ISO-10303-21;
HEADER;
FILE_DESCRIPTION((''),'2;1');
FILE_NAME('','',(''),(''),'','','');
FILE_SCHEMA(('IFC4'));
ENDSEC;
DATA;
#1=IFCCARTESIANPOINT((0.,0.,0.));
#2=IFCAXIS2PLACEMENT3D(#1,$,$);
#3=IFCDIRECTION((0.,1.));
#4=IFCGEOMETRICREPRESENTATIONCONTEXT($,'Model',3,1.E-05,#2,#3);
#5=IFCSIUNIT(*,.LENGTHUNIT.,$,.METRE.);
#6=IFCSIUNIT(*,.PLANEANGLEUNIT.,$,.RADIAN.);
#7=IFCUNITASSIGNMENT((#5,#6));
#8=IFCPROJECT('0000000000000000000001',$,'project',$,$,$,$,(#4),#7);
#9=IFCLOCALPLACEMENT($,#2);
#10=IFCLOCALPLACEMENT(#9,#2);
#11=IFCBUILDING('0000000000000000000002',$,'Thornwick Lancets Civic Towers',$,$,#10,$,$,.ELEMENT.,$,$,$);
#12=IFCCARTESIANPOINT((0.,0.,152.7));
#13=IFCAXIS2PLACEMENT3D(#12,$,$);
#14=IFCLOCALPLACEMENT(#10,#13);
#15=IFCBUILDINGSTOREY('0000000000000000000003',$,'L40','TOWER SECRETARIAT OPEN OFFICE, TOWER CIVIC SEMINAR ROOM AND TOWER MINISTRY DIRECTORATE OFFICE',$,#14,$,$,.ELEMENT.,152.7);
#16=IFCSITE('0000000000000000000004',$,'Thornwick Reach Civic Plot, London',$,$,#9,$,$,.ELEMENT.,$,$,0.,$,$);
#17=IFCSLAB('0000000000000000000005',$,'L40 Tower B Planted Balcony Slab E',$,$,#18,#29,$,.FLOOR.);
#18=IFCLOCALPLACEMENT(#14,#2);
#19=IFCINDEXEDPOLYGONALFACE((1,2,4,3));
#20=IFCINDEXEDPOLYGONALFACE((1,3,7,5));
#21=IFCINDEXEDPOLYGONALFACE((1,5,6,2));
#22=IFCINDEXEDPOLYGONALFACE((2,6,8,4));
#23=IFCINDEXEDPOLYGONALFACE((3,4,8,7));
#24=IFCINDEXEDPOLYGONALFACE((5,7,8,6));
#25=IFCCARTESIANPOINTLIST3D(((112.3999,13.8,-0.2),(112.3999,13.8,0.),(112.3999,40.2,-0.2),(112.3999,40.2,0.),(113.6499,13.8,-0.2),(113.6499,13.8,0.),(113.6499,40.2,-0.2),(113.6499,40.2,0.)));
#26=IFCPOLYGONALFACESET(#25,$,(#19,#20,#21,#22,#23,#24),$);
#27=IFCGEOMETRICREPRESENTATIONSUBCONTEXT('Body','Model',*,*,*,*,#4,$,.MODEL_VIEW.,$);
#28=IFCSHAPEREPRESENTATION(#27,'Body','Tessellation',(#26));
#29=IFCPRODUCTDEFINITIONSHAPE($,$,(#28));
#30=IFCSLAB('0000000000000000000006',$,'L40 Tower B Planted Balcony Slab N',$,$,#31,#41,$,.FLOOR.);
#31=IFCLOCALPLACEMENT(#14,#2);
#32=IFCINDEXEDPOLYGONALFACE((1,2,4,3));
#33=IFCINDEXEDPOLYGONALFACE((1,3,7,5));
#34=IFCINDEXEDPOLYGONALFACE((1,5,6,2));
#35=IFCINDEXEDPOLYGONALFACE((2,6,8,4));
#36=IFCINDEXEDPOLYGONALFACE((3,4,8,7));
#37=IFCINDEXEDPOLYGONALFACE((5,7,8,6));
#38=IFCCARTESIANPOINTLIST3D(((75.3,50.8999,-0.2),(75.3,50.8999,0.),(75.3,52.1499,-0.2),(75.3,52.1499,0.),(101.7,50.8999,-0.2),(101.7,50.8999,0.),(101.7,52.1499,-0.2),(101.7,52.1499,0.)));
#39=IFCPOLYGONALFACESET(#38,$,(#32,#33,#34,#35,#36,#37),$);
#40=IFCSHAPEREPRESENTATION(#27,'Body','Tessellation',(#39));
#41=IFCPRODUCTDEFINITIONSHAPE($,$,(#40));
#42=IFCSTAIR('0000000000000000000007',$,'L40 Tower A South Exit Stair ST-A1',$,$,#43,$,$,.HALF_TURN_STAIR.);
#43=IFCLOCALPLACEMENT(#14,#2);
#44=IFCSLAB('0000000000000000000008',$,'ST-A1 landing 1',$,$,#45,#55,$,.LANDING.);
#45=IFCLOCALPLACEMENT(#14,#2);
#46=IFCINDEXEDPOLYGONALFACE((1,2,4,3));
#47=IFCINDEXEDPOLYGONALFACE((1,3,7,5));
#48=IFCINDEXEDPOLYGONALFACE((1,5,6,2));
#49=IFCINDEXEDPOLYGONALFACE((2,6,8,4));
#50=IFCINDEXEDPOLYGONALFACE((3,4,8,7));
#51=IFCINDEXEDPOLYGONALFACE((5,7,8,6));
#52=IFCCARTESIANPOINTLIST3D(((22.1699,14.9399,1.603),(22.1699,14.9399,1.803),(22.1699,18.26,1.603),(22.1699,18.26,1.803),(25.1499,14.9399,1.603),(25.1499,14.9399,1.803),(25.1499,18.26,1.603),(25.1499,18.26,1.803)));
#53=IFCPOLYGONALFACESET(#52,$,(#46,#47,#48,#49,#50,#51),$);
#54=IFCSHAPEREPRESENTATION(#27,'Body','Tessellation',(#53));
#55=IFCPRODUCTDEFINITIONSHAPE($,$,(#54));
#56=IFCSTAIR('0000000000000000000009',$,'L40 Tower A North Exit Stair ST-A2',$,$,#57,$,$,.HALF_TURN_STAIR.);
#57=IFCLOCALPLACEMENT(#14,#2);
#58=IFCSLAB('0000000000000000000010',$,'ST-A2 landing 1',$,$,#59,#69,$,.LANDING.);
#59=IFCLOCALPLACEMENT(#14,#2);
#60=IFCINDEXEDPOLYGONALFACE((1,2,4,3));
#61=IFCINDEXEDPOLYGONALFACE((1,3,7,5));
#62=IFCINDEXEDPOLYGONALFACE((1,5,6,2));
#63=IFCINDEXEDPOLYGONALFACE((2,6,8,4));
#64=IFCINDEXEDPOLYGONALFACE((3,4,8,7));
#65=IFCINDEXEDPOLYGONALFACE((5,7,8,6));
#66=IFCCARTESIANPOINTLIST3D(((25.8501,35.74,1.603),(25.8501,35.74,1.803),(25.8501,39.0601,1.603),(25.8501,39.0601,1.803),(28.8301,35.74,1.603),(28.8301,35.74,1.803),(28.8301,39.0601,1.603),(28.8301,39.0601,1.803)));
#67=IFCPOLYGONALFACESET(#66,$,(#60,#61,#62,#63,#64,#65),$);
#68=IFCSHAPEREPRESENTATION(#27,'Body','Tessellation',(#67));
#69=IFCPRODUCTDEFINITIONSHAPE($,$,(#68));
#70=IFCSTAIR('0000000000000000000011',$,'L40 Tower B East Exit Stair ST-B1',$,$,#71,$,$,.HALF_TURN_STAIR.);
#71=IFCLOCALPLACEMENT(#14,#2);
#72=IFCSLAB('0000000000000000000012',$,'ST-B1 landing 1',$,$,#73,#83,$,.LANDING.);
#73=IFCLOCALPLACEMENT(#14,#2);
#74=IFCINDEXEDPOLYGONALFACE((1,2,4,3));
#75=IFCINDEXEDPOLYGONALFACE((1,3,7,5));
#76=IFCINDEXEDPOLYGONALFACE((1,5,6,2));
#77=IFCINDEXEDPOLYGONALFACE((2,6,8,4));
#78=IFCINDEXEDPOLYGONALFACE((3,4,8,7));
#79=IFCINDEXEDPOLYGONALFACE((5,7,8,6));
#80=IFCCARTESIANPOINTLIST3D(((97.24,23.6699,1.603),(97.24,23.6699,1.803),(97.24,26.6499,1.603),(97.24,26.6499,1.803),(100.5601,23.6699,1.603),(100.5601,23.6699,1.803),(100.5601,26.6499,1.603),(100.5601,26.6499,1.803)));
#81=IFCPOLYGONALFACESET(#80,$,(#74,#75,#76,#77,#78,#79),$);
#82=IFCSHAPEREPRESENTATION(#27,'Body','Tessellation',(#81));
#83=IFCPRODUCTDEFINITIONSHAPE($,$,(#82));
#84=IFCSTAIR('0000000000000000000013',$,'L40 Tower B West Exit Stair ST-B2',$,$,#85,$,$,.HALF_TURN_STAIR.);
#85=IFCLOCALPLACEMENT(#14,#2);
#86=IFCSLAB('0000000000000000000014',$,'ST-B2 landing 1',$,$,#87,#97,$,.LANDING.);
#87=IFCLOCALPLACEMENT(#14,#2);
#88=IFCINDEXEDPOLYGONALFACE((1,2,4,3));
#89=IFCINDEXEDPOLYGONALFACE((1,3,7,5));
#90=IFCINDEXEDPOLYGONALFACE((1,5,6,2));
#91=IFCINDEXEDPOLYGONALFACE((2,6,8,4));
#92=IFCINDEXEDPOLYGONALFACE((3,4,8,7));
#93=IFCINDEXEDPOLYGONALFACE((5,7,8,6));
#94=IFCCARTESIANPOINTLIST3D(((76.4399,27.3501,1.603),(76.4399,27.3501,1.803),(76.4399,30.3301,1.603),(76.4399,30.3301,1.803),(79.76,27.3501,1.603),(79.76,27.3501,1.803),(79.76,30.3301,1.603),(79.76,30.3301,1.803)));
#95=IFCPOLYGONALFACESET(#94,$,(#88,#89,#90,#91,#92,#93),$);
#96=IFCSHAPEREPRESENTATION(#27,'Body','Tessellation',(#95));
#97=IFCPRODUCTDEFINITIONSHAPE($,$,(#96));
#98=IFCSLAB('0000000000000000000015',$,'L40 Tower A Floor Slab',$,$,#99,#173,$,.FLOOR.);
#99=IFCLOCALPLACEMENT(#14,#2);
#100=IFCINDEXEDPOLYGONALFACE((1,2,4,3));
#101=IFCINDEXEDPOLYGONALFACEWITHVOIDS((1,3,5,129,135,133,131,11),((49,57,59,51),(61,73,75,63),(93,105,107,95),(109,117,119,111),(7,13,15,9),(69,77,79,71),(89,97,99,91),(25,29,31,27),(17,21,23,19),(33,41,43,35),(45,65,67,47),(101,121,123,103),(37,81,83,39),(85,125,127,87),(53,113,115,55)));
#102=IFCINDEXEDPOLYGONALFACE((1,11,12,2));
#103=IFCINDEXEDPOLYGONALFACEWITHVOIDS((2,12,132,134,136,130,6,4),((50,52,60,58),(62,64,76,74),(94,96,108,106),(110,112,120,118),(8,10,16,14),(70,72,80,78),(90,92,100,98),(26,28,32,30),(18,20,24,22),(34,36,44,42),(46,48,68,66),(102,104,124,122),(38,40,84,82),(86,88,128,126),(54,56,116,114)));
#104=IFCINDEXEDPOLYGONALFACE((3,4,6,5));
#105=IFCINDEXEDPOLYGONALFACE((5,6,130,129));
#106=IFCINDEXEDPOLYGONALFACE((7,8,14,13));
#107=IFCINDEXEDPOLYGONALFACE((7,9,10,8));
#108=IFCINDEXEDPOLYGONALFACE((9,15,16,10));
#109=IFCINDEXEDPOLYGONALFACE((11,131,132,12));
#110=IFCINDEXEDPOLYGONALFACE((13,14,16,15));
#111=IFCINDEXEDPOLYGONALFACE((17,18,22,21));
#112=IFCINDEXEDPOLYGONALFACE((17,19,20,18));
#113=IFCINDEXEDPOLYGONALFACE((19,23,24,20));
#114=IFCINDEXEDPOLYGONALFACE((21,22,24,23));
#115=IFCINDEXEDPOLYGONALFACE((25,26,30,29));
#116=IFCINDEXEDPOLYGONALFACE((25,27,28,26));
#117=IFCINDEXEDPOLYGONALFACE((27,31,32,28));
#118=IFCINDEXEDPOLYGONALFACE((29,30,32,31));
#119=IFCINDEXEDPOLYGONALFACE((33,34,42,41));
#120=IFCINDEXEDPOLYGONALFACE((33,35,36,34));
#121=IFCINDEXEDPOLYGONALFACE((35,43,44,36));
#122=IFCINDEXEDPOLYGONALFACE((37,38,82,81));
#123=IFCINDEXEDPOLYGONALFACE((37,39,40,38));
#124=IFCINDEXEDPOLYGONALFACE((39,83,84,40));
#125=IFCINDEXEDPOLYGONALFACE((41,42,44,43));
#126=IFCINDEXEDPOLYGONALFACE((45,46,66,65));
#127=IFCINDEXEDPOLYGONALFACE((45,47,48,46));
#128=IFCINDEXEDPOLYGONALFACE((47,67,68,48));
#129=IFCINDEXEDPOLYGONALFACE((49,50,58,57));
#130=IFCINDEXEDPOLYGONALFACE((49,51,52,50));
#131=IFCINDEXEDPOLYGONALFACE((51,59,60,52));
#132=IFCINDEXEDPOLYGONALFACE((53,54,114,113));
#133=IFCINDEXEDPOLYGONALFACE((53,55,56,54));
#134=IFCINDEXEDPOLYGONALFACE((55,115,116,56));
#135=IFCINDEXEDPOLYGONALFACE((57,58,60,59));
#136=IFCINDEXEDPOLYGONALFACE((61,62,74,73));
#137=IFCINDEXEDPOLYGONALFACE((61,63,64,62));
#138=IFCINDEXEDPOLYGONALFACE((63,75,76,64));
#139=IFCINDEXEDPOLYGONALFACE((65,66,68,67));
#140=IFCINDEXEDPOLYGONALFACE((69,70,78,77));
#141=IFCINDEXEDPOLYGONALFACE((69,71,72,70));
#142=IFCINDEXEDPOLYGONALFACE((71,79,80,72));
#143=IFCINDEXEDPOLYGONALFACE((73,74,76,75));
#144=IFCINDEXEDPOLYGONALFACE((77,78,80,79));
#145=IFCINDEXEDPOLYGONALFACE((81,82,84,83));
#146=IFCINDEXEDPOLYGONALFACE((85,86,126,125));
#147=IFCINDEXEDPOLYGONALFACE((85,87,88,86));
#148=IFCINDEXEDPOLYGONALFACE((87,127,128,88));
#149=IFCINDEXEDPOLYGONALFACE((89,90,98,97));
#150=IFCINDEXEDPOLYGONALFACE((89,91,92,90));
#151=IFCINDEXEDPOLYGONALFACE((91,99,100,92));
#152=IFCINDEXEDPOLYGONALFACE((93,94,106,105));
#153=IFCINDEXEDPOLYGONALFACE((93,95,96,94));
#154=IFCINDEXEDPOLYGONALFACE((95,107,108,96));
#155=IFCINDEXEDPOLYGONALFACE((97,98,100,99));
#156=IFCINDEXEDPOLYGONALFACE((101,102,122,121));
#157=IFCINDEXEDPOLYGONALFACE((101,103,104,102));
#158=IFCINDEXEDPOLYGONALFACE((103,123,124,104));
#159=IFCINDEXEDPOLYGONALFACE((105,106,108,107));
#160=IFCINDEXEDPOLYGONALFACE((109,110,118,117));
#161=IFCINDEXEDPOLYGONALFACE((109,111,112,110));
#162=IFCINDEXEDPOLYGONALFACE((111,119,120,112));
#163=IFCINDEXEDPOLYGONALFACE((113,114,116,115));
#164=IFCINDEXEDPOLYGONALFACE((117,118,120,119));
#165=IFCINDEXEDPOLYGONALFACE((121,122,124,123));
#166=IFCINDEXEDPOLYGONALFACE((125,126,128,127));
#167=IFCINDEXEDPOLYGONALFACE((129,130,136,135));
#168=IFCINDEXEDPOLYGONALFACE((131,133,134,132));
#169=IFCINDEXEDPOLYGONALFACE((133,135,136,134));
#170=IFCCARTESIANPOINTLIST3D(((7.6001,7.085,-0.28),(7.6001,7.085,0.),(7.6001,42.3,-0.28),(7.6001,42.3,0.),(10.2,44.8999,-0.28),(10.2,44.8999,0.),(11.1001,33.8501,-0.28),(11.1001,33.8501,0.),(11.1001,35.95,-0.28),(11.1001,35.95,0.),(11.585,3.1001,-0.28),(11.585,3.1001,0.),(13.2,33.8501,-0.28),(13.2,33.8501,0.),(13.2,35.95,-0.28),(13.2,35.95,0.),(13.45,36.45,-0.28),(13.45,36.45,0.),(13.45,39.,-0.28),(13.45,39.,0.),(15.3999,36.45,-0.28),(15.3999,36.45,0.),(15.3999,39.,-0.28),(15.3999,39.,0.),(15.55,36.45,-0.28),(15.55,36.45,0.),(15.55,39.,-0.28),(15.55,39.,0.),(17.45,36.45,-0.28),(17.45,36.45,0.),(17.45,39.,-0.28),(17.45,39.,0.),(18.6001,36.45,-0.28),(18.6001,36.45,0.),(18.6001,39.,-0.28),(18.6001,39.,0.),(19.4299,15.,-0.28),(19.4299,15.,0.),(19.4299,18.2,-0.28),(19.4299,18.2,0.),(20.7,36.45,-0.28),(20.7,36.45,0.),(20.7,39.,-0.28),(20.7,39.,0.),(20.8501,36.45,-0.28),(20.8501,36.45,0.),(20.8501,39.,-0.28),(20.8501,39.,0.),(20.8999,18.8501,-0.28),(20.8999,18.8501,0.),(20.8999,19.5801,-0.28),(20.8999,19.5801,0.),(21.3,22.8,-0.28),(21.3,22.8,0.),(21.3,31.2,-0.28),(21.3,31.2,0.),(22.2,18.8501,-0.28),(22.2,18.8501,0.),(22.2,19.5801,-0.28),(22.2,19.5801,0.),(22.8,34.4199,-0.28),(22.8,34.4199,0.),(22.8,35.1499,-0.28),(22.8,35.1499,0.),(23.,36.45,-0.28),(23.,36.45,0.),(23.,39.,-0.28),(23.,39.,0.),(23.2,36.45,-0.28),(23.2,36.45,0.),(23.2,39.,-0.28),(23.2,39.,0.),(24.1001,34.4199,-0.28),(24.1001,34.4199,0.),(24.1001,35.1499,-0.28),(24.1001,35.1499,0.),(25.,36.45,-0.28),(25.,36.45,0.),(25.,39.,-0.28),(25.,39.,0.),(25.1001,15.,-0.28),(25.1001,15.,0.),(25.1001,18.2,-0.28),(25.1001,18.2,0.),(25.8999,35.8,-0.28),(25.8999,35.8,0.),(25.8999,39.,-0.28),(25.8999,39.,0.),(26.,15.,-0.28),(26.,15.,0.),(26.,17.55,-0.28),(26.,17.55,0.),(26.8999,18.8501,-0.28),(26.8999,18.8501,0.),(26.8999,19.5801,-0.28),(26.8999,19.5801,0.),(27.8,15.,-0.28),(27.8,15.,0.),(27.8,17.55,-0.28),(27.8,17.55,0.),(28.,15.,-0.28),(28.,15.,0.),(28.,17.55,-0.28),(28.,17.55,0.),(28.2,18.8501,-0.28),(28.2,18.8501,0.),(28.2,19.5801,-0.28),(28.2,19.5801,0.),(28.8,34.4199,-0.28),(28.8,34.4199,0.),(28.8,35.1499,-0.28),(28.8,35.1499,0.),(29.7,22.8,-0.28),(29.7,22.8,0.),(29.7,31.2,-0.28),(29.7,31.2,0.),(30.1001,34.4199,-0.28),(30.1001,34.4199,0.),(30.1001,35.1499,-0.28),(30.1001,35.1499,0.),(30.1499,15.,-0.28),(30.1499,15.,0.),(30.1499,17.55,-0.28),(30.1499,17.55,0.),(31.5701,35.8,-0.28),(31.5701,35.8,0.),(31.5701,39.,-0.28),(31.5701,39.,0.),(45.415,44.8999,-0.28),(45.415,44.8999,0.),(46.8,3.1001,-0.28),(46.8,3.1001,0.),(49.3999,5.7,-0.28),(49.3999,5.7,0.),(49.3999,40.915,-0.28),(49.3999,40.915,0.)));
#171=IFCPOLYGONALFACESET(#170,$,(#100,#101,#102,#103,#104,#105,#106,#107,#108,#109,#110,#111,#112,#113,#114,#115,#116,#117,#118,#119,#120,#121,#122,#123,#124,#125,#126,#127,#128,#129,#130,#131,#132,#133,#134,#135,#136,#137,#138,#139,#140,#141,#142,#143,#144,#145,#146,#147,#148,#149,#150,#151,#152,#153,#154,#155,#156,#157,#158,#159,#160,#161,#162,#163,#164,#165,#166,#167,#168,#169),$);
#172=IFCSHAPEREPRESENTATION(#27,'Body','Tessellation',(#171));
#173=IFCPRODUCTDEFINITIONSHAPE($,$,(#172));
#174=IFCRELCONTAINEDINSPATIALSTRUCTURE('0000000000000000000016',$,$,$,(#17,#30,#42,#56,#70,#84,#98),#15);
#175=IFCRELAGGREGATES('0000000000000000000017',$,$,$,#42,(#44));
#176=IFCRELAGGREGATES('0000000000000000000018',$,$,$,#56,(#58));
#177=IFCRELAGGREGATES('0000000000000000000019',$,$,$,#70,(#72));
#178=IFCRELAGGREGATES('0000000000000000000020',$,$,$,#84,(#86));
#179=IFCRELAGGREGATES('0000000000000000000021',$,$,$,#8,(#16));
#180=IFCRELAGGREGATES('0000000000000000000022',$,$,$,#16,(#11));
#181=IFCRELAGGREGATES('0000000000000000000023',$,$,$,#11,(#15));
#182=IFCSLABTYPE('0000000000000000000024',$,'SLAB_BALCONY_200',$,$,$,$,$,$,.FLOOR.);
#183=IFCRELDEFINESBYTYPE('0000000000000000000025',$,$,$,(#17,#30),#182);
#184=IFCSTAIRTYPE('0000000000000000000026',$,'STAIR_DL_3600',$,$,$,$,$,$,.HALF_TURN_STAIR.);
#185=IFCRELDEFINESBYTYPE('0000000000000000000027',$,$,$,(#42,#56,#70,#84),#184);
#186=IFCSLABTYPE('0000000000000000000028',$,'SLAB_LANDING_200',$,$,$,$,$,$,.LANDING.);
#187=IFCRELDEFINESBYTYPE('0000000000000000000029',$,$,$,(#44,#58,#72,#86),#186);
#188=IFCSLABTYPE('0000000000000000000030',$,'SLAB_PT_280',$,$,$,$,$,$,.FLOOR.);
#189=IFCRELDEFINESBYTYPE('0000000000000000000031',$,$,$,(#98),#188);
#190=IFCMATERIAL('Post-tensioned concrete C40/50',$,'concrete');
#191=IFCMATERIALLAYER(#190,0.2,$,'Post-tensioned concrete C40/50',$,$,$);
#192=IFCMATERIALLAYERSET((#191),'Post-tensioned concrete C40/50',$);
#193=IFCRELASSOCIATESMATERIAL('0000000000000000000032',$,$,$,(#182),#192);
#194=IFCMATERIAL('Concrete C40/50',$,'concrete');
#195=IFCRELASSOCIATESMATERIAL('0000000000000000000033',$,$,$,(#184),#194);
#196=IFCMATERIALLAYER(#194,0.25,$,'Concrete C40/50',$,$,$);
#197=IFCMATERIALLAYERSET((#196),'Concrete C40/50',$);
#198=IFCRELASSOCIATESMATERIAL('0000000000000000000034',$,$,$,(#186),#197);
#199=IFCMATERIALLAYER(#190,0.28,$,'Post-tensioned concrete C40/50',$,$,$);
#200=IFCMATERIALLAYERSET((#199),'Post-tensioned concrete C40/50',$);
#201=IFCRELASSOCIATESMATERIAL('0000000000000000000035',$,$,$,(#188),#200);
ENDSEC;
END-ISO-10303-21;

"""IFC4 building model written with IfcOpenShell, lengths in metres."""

from ifc_helpers import new_model, si_unit, direction, frame, origin, place, context, subcontext, project, spatial, polyline, outline, extrude, material, layer, layer_set, type_object, element, aggregate, save


model = new_model("IFC4")

# Units and contexts
model_context = context("Model", 3, precision=1e-05, world=origin(), true_north=direction((0.0, 1.0)))
body_context = subcontext(model_context, "Body", "Model", "MODEL_VIEW")
ifc_project = project(units=[si_unit("LENGTHUNIT", "METRE"), si_unit("PLANEANGLEUNIT", "RADIAN")], contexts=[model_context])

# Site, building, storey
site_placement = place(None, origin())
site = spatial("IfcSite", under=ifc_project, at=site_placement, Name="Thornwick Reach Civic Plot, London", CompositionType="ELEMENT", RefElevation=0.0)
building_placement = place(site_placement, origin())
building = spatial("IfcBuilding", under=site, at=building_placement, Name="Thornwick Lancets Civic Towers", CompositionType="ELEMENT")
storey_placement = place(building_placement, frame((0.0, 0.0, 152.7)))
storey = spatial("IfcBuildingStorey", under=building, at=storey_placement, Name="L40", Description="TOWER SECRETARIAT OPEN OFFICE, TOWER CIVIC SEMINAR ROOM AND TOWER MINISTRY DIRECTORATE OFFICE", CompositionType="ELEMENT", Elevation=152.7)

# Slabs
ifc_material_1 = material(Name="Post-tensioned concrete C40/50", Category="concrete")
ifc_layer_1 = layer(ifc_material_1, 0.2, Name="Post-tensioned concrete C40/50")
ifc_layer_set_1 = layer_set([ifc_layer_1], Name="Post-tensioned concrete C40/50")
slab_type_1 = type_object("IfcSlabType", Name="SLAB_BALCONY_200", PredefinedType="FLOOR", material=ifc_layer_set_1)
slab_1_placement = place(storey_placement, frame((0.0, 0.0, -0.2)))
element("IfcSlab", 1, at=slab_1_placement, inside=storey, type_object=slab_type_1, Name="L40 Tower B Planted Balcony Slab E", PredefinedType="FLOOR", context=body_context, shape_type="SweptSolid", body=[
    extrude(outline(polyline([(112.3999, 13.8), (113.6499, 13.8), (113.6499, 40.2), (112.3999, 40.2), (112.3999, 13.8)])), origin(), (0.0, 0.0, 1.0), 0.2),
])
slab_2_placement = place(storey_placement, frame((0.0, 0.0, -0.2)))
element("IfcSlab", 2, at=slab_2_placement, inside=storey, type_object=slab_type_1, Name="L40 Tower B Planted Balcony Slab N", PredefinedType="FLOOR", context=body_context, shape_type="SweptSolid", body=[
    extrude(outline(polyline([(75.3, 50.8999), (101.7, 50.8999), (101.7, 52.1499), (75.3, 52.1499), (75.3, 50.8999)])), origin(), (0.0, 0.0, 1.0), 0.2),
])

# Stairs, slabs
ifc_material_2 = material(Name="Concrete C40/50", Category="concrete")
stair_type = type_object("IfcStairType", Name="STAIR_DL_3600", PredefinedType="HALF_TURN_STAIR", material=ifc_material_2)
stair_1_placement = place(storey_placement, origin())
stair_1 = element("IfcStair", 3, at=stair_1_placement, inside=storey, type_object=stair_type, Name="L40 Tower A South Exit Stair ST-A1", PredefinedType="HALF_TURN_STAIR")
ifc_layer_2 = layer(ifc_material_2, 0.25, Name="Concrete C40/50")
ifc_layer_set_2 = layer_set([ifc_layer_2], Name="Concrete C40/50")
slab_type_2 = type_object("IfcSlabType", Name="SLAB_LANDING_200", PredefinedType="LANDING", material=ifc_layer_set_2)
slab_3_placement = place(storey_placement, frame((0.0, 0.0, 1.603)))
slab_3 = element("IfcSlab", 4, at=slab_3_placement, type_object=slab_type_2, Name="ST-A1 landing 1", PredefinedType="LANDING", context=body_context, shape_type="SweptSolid", body=[
    extrude(outline(polyline([(22.1699, 14.9399), (25.1499, 14.9399), (25.1499, 18.26), (22.1699, 18.26), (22.1699, 14.9399)])), origin(), (0.0, 0.0, 1.0), 0.2),
])
aggregate(stair_1, [slab_3])
stair_2_placement = place(storey_placement, origin())
stair_2 = element("IfcStair", 5, at=stair_2_placement, inside=storey, type_object=stair_type, Name="L40 Tower A North Exit Stair ST-A2", PredefinedType="HALF_TURN_STAIR")
slab_4_placement = place(storey_placement, frame((0.0, 0.0, 1.603)))
slab_4 = element("IfcSlab", 6, at=slab_4_placement, type_object=slab_type_2, Name="ST-A2 landing 1", PredefinedType="LANDING", context=body_context, shape_type="SweptSolid", body=[
    extrude(outline(polyline([(28.8301, 39.0601), (25.8501, 39.0601), (25.8501, 35.74), (28.8301, 35.74), (28.8301, 39.0601)])), origin(), (0.0, 0.0, 1.0), 0.2),
])
aggregate(stair_2, [slab_4])
stair_3_placement = place(storey_placement, origin())
stair_3 = element("IfcStair", 7, at=stair_3_placement, inside=storey, type_object=stair_type, Name="L40 Tower B East Exit Stair ST-B1", PredefinedType="HALF_TURN_STAIR")
slab_5_placement = place(storey_placement, frame((0.0, 0.0, 1.603)))
slab_5 = element("IfcSlab", 8, at=slab_5_placement, type_object=slab_type_2, Name="ST-B1 landing 1", PredefinedType="LANDING", context=body_context, shape_type="SweptSolid", body=[
    extrude(outline(polyline([(100.5601, 23.6699), (100.5601, 26.6499), (97.24, 26.6499), (97.24, 23.6699), (100.5601, 23.6699)])), origin(), (0.0, 0.0, 1.0), 0.2),
])
aggregate(stair_3, [slab_5])
stair_4_placement = place(storey_placement, origin())
stair_4 = element("IfcStair", 9, at=stair_4_placement, inside=storey, type_object=stair_type, Name="L40 Tower B West Exit Stair ST-B2", PredefinedType="HALF_TURN_STAIR")
slab_6_placement = place(storey_placement, frame((0.0, 0.0, 1.603)))
slab_6 = element("IfcSlab", 10, at=slab_6_placement, type_object=slab_type_2, Name="ST-B2 landing 1", PredefinedType="LANDING", context=body_context, shape_type="SweptSolid", body=[
    extrude(outline(polyline([(76.4399, 30.3301), (76.4399, 27.3501), (79.76, 27.3501), (79.76, 30.3301), (76.4399, 30.3301)])), origin(), (0.0, 0.0, 1.0), 0.2),
])
aggregate(stair_4, [slab_6])

# Slab
ifc_layer_3 = layer(ifc_material_1, 0.28, Name="Post-tensioned concrete C40/50")
ifc_layer_set_3 = layer_set([ifc_layer_3], Name="Post-tensioned concrete C40/50")
slab_type_3 = type_object("IfcSlabType", Name="SLAB_PT_280", PredefinedType="FLOOR", material=ifc_layer_set_3)
slab_7_placement = place(storey_placement, frame((0.0, 0.0, -0.28)))
element("IfcSlab", 11, at=slab_7_placement, inside=storey, type_object=slab_type_3, Name="L40 Tower A Floor Slab", PredefinedType="FLOOR", context=body_context, shape_type="SweptSolid", body=[
    extrude(outline(polyline([(11.585, 3.1001), (46.8, 3.1001), (49.3999, 5.7), (49.3999, 40.915), (45.415, 44.8999), (10.2, 44.8999), (7.6001, 42.3), (7.6001, 7.085), (11.585, 3.1001)]), holes=[polyline([(21.3, 22.8), (29.7, 22.8), (29.7, 31.2), (21.3, 31.2), (21.3, 22.8)]), polyline([(19.4299, 15.0), (25.1001, 15.0), (25.1001, 18.2), (19.4299, 18.2), (19.4299, 15.0)]), polyline([(31.5701, 39.0), (25.8999, 39.0), (25.8999, 35.8), (31.5701, 35.8), (31.5701, 39.0)]), polyline([(26.0, 15.0), (27.8, 15.0), (27.8, 17.55), (26.0, 17.55), (26.0, 15.0)]), polyline([(28.0, 15.0), (30.1499, 15.0), (30.1499, 17.55), (28.0, 17.55), (28.0, 15.0)]), polyline([(23.2, 36.45), (25.0, 36.45), (25.0, 39.0), (23.2, 39.0), (23.2, 36.45)]), polyline([(20.8501, 36.45), (23.0, 36.45), (23.0, 39.0), (20.8501, 39.0), (20.8501, 36.45)]), polyline([(18.6001, 36.45), (20.7, 36.45), (20.7, 39.0), (18.6001, 39.0), (18.6001, 36.45)]), polyline([(15.55, 36.45), (17.45, 36.45), (17.45, 39.0), (15.55, 39.0), (15.55, 36.45)]), polyline([(13.45, 36.45), (15.3999, 36.45), (15.3999, 39.0), (13.45, 39.0), (13.45, 36.45)]), polyline([(11.1001, 33.8501), (13.2, 33.8501), (13.2, 35.95), (11.1001, 35.95), (11.1001, 33.8501)]), polyline([(26.8999, 18.8501), (28.2, 18.8501), (28.2, 19.5801), (26.8999, 19.5801), (26.8999, 18.8501)]), polyline([(20.8999, 18.8501), (22.2, 18.8501), (22.2, 19.5801), (20.8999, 19.5801), (20.8999, 18.8501)]), polyline([(22.8, 34.4199), (24.1001, 34.4199), (24.1001, 35.1499), (22.8, 35.1499), (22.8, 34.4199)]), polyline([(28.8, 34.4199), (30.1001, 34.4199), (30.1001, 35.1499), (28.8, 35.1499), (28.8, 34.4199)])]), origin(), (0.0, 0.0, 1.0), 0.28),
])

save(model, "model.ifc")
